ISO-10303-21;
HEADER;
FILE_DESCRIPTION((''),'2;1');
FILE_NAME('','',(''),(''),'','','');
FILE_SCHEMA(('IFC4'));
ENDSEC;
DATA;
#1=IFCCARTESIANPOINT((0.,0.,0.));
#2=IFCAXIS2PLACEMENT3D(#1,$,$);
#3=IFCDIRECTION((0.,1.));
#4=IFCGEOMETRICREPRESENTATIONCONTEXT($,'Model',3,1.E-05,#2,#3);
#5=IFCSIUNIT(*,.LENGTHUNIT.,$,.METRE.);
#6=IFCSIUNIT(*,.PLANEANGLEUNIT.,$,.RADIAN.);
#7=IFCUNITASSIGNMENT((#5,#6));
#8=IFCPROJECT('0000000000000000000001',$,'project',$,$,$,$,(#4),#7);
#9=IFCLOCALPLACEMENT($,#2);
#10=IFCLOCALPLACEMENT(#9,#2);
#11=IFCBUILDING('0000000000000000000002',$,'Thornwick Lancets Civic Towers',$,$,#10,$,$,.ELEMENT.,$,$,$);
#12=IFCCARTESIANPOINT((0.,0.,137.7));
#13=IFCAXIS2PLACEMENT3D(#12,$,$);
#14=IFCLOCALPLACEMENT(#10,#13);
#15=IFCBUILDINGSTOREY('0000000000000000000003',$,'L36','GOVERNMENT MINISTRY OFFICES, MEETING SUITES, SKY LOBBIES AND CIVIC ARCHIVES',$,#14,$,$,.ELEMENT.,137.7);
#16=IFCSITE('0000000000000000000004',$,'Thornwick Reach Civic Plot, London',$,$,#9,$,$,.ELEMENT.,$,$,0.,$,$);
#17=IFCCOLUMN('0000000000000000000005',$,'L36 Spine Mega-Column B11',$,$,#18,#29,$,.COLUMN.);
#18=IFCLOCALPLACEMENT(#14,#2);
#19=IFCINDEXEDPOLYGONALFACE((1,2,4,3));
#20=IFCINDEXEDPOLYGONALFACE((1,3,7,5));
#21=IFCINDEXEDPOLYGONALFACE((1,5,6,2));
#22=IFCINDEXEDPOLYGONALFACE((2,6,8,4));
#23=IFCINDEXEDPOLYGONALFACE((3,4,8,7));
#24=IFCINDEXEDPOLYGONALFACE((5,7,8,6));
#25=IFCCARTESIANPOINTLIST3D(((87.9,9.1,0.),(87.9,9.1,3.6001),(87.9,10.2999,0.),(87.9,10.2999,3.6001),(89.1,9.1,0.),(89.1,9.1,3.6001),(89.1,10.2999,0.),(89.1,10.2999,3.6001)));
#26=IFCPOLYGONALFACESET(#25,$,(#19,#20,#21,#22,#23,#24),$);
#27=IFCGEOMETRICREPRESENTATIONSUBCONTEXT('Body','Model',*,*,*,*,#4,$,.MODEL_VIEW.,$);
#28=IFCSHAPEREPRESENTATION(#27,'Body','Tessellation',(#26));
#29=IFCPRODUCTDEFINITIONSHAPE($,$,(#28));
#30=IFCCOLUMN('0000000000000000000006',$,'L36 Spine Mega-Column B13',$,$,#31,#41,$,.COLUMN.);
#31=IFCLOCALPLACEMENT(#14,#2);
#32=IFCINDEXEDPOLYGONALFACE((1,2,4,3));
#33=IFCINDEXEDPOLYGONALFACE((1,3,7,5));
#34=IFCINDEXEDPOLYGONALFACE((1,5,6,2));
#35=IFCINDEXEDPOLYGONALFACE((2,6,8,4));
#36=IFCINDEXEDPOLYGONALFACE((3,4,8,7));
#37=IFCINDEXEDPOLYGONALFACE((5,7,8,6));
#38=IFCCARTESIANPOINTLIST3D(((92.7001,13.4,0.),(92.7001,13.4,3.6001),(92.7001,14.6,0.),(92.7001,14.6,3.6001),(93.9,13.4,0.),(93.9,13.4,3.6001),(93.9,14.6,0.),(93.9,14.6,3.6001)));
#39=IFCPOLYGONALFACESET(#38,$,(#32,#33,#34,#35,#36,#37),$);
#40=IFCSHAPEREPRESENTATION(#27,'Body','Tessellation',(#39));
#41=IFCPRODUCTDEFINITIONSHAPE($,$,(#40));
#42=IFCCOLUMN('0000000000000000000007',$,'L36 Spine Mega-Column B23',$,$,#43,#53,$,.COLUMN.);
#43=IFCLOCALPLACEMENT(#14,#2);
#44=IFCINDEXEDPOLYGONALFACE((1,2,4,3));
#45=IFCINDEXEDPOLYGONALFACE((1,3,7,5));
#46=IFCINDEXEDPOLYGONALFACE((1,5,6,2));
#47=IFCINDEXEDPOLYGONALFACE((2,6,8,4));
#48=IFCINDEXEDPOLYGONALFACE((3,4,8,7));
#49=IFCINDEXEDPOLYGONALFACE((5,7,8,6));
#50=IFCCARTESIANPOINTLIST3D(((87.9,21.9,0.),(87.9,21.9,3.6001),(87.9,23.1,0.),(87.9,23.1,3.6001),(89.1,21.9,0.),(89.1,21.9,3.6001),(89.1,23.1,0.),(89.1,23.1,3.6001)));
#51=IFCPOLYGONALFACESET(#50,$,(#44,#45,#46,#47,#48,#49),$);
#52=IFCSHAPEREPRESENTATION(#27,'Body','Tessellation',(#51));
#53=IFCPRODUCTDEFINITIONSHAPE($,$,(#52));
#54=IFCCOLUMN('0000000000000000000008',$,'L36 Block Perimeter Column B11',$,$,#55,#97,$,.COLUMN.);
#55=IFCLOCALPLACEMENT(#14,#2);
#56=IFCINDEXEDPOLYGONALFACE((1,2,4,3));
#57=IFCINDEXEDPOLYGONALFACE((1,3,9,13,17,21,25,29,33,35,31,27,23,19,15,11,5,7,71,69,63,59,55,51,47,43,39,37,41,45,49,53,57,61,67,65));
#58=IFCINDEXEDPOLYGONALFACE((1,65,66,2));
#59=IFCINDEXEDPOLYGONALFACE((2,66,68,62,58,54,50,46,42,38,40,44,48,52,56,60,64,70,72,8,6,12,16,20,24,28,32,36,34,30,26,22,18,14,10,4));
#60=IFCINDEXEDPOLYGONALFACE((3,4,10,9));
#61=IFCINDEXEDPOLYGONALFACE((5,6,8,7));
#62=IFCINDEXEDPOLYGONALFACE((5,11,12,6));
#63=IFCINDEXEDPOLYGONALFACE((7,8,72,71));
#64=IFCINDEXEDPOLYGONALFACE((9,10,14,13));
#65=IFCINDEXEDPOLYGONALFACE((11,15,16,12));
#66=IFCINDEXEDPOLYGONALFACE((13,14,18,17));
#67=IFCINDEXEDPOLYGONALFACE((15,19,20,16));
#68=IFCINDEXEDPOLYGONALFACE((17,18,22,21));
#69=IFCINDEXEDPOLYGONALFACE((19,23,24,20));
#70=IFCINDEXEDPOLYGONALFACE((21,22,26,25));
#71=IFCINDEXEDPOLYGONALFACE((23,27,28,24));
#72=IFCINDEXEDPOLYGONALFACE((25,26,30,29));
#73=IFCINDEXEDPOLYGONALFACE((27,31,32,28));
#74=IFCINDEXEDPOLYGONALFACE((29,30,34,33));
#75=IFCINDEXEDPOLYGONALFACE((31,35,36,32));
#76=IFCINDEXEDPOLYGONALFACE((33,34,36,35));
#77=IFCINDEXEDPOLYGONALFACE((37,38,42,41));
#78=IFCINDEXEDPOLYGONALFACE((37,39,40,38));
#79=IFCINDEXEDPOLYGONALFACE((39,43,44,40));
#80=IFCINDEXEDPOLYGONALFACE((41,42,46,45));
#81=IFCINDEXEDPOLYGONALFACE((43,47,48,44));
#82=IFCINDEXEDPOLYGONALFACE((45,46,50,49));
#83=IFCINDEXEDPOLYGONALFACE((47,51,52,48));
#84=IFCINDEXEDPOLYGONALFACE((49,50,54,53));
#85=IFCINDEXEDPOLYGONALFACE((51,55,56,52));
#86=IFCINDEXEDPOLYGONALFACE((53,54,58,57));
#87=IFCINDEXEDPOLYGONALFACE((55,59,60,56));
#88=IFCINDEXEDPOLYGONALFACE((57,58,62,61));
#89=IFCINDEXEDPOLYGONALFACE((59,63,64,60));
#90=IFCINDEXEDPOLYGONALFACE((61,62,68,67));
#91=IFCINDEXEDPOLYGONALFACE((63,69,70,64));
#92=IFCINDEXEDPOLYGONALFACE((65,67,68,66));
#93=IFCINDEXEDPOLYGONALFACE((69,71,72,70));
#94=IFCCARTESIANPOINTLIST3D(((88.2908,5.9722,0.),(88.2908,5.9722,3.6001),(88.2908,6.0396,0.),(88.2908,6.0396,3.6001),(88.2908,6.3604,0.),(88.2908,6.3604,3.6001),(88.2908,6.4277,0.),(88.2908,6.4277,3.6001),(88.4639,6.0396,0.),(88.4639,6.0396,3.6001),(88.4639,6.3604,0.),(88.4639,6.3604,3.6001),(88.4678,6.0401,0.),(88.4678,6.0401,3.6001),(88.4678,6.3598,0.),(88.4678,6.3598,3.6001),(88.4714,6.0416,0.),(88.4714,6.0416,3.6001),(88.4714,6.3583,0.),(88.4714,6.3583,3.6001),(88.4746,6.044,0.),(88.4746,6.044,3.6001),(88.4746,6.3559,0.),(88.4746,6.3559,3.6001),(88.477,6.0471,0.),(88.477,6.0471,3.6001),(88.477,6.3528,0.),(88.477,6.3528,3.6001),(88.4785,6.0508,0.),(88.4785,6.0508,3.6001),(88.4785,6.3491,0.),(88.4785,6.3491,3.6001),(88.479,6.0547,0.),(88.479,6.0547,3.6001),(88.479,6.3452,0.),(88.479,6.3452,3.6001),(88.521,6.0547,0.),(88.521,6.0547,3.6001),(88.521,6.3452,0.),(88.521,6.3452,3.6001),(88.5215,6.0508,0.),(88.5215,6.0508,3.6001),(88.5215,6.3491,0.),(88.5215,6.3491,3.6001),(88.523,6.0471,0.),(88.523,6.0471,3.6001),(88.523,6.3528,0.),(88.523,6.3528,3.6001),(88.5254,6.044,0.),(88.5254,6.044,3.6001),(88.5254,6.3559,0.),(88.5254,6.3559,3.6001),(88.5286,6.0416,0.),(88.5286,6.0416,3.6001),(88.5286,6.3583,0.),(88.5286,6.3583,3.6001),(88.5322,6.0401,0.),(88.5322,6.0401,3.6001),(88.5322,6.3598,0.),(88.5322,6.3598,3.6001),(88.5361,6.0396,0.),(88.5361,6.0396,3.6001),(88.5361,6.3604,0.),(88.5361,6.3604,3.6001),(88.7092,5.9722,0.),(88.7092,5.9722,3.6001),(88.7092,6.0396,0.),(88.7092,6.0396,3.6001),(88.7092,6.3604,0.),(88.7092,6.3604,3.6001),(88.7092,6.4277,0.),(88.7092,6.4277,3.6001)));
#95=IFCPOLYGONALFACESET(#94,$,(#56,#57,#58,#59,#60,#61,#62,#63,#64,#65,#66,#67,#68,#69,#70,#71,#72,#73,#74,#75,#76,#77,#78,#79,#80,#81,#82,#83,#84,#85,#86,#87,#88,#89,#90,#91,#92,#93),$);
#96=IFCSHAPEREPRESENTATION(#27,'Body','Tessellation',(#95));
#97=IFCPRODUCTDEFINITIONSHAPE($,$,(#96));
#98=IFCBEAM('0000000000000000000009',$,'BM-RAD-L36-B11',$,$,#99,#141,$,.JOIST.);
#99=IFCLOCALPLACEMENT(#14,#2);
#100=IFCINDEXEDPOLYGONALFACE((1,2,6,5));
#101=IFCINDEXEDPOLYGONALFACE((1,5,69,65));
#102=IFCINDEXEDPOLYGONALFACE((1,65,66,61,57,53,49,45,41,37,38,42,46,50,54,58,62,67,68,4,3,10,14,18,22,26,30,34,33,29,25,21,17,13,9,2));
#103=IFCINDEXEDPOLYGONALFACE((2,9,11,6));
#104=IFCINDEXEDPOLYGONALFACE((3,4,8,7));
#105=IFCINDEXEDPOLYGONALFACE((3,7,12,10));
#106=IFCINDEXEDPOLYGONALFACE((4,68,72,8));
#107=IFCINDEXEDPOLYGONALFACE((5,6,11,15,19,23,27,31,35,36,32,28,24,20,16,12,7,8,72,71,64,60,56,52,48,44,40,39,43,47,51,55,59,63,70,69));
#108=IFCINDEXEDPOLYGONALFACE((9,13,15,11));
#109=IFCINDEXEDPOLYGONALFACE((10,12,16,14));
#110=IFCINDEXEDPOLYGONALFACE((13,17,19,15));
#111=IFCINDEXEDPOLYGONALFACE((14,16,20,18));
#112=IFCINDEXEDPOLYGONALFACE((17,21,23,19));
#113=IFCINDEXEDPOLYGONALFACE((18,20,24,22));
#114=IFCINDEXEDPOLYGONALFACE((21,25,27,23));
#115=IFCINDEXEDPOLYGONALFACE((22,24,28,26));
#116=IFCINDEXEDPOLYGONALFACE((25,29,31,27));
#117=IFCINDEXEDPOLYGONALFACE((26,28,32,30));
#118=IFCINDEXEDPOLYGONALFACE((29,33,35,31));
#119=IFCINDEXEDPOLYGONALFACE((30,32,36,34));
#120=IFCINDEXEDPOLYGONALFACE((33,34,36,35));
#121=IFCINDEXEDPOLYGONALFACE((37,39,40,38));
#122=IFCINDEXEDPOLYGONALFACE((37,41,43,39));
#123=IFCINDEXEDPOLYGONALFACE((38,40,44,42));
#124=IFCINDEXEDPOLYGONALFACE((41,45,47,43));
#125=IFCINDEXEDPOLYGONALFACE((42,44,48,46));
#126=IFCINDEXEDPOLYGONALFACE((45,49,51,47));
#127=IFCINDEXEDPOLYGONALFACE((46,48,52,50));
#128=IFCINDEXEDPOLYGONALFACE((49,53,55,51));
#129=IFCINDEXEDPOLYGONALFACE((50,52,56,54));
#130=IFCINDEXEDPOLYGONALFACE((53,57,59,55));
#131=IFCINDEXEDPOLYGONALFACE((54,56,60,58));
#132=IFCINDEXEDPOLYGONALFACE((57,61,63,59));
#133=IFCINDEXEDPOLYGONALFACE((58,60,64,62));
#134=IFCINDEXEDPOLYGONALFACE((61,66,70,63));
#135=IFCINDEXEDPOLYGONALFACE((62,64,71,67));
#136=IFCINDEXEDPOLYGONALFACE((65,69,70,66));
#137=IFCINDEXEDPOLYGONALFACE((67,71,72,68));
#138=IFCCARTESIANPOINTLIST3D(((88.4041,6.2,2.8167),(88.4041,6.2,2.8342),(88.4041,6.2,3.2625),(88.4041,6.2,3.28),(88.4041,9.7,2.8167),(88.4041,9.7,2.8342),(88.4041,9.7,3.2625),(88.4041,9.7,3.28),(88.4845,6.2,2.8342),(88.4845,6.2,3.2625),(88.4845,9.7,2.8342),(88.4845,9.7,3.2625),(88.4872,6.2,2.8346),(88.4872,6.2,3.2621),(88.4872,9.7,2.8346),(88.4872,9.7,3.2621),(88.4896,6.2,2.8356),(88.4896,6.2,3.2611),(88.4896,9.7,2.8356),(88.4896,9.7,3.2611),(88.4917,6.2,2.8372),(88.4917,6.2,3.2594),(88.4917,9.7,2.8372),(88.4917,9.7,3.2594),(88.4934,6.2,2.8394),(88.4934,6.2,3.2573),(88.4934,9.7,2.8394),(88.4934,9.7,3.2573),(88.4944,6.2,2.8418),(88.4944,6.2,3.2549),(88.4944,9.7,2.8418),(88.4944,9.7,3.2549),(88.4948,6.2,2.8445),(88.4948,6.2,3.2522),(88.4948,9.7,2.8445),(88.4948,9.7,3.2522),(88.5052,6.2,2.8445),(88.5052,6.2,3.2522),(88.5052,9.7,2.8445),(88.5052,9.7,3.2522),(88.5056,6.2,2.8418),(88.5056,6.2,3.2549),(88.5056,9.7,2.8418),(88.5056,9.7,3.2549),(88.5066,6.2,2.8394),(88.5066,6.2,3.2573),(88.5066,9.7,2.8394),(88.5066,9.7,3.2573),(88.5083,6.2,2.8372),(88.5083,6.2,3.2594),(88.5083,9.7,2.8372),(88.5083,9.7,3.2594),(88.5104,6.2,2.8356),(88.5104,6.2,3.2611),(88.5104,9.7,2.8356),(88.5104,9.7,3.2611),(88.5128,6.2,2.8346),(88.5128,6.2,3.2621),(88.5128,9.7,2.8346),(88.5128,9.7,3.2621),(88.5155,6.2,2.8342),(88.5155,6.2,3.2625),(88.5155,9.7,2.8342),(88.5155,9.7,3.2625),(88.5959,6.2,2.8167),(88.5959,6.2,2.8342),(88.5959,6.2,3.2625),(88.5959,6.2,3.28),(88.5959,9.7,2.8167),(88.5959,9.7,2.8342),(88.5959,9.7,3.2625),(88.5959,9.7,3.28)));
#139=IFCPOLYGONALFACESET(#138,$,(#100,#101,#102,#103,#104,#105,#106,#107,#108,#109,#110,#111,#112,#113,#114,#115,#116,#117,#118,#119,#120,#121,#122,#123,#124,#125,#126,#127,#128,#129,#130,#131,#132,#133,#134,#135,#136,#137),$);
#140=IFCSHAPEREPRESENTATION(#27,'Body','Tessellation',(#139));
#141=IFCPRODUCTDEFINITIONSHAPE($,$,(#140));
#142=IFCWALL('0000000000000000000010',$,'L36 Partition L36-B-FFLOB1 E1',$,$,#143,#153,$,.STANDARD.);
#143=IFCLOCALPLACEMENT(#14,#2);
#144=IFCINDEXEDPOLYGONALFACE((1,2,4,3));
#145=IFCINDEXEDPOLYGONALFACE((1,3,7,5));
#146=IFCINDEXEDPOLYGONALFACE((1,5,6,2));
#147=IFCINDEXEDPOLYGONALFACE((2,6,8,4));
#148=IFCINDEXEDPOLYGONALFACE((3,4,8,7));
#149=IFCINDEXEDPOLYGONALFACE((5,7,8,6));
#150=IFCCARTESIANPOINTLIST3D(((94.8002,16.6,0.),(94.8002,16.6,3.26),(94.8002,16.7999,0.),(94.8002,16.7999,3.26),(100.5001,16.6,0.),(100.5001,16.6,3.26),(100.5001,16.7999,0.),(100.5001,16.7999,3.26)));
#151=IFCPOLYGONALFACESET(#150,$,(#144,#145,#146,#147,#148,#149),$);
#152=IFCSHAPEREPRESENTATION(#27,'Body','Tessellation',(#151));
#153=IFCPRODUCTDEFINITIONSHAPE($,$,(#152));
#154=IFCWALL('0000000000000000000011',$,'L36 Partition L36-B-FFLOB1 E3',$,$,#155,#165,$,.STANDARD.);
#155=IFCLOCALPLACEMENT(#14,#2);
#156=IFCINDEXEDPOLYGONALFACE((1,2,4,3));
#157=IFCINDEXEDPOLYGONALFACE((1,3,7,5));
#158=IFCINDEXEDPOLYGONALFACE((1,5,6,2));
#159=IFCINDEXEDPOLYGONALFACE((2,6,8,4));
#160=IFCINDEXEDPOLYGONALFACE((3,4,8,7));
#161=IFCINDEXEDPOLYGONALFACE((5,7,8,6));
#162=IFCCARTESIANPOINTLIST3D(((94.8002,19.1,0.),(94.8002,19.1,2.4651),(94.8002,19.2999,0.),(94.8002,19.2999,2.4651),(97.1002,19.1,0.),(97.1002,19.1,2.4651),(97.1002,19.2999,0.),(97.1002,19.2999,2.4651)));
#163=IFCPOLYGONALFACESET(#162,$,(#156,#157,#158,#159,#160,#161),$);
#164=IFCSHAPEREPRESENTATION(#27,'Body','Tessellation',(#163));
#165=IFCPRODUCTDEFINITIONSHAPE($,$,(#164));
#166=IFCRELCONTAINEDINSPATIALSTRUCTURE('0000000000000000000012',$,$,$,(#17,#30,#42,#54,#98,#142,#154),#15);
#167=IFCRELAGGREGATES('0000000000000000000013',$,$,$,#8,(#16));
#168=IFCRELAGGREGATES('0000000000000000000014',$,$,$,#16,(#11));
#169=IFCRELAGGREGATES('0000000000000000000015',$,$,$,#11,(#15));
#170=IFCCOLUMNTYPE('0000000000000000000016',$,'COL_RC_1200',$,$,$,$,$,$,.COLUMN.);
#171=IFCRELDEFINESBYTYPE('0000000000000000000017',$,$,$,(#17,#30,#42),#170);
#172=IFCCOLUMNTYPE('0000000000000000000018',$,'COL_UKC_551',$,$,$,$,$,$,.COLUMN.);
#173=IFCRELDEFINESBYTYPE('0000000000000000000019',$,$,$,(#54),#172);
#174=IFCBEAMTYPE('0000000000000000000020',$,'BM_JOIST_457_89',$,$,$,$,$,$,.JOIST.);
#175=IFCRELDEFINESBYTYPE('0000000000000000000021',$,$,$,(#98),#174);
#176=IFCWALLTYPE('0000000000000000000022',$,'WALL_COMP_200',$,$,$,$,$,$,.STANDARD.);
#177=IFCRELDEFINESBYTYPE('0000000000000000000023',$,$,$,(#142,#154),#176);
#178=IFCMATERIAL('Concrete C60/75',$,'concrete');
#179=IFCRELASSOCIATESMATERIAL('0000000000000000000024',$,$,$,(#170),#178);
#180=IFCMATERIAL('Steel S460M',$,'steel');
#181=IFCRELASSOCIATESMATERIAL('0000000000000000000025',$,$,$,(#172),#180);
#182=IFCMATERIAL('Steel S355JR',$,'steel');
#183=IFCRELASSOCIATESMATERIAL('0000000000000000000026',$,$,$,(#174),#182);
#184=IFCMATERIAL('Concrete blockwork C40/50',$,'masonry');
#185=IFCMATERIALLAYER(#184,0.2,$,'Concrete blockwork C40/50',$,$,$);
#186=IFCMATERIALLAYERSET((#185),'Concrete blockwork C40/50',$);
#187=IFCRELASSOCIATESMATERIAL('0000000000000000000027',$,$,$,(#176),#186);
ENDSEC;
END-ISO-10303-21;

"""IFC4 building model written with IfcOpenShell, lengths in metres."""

from ifc_helpers import new_model, si_unit, direction, frame, frame_2d, origin, origin_2d, place, context, subcontext, project, spatial, rectangle, i_section, extrude, material, layer, layer_set, material_profile, profile_set, type_object, element, save


model = new_model("IFC4")

# Units and contexts
model_context = context("Model", 3, precision=1e-05, world=origin(), true_north=direction((0.0, 1.0)))
body_context = subcontext(model_context, "Body", "Model", "MODEL_VIEW")
ifc_project = project(units=[si_unit("LENGTHUNIT", "METRE"), si_unit("PLANEANGLEUNIT", "RADIAN")], contexts=[model_context])

# Site, building, storey
site_placement = place(None, origin())
site = spatial("IfcSite", under=ifc_project, at=site_placement, Name="Thornwick Reach Civic Plot, London", CompositionType="ELEMENT", RefElevation=0.0)
building_placement = place(site_placement, origin())
building = spatial("IfcBuilding", under=site, at=building_placement, Name="Thornwick Lancets Civic Towers", CompositionType="ELEMENT")
storey_placement = place(building_placement, frame((0.0, 0.0, 137.7)))
storey = spatial("IfcBuildingStorey", under=building, at=storey_placement, Name="L36", Description="GOVERNMENT MINISTRY OFFICES, MEETING SUITES, SKY LOBBIES AND CIVIC ARCHIVES", CompositionType="ELEMENT", Elevation=137.7)

# Columns
ifc_material_1 = material(Name="Concrete C60/75", Category="concrete")
ifc_material_profile_1 = material_profile(ifc_material_1, rectangle(XDim=1.2, YDim=1.2, at=origin_2d()), Name="RC 1200x1200")
ifc_profile_set_1 = profile_set([ifc_material_profile_1], Name="Concrete C60/75")
column_type_1 = type_object("IfcColumnType", Name="COL_RC_1200", PredefinedType="COLUMN", material=ifc_profile_set_1)
for number, where, z_axis, x_axis, name in (
    (1, (88.5, 9.7, 0.0), (0.0, 0.0, 1.0), (1.0, 0.0, 0.0), "L36 Spine Mega-Column B11"),
    (2, (93.3, 14.0, 0.0), (0.0, 0.0, 1.0), (1.0, 0.0, 0.0), "L36 Spine Mega-Column B13"),
    (3, (88.5, 22.5, 0.0), (0.0, 0.0, 1.0), (1.0, 0.0, 0.0), "L36 Spine Mega-Column B23"),
):
    element("IfcColumn", number, at=place(storey_placement, frame(where, z_axis=z_axis, x_axis=x_axis)), inside=storey, type_object=column_type_1, Name=name, PredefinedType="COLUMN", context=body_context, shape_type="SweptSolid", body=[
        extrude(rectangle(XDim=1.2, YDim=1.2, at=origin_2d()), origin(), (0.0, 0.0, 1.0), 3.6001),
    ])
ifc_material_2 = material(Name="Steel S460M", Category="steel")
ifc_material_profile_2 = material_profile(ifc_material_2, i_section(OverallWidth=0.4185, OverallDepth=0.4556, WebThickness=0.042, FlangeThickness=0.0674, FilletRadius=0.0151, at=origin_2d()), Name="UKC 356x406x551")
ifc_profile_set_2 = profile_set([ifc_material_profile_2], Name="Steel S460M")
column_type_2 = type_object("IfcColumnType", Name="COL_UKC_551", PredefinedType="COLUMN", material=ifc_profile_set_2)
column_placement = place(storey_placement, frame((88.5, 6.2, 0.0), z_axis=(0.0, 0.0, 1.0), x_axis=(1.0, 0.0, 0.0)))
element("IfcColumn", 4, at=column_placement, inside=storey, type_object=column_type_2, Name="L36 Block Perimeter Column B11", PredefinedType="COLUMN", context=body_context, shape_type="SweptSolid", body=[
    extrude(i_section(OverallWidth=0.4185, OverallDepth=0.4556, WebThickness=0.042, FlangeThickness=0.0674, FilletRadius=0.0151, at=origin_2d()), origin(), (0.0, 0.0, 1.0), 3.6001),
])

# Beam
ifc_material_3 = material(Name="Steel S355JR", Category="steel")
ifc_material_profile_3 = material_profile(ifc_material_3, i_section(OverallWidth=0.1919, OverallDepth=0.4634, WebThickness=0.0105, FlangeThickness=0.0176, FilletRadius=0.0103, at=origin_2d()), Name="UKB 457x191x89")
ifc_profile_set_3 = profile_set([ifc_material_profile_3], Name="Steel S355JR")
beam_type = type_object("IfcBeamType", Name="BM_JOIST_457_89", PredefinedType="JOIST", material=ifc_profile_set_3)
beam_placement = place(storey_placement, frame((88.5, 9.7, 3.0483), z_axis=(0.0, -1.0, 0.0), x_axis=(1.0, 0.0, 0.0)))
element("IfcBeam", 5, at=beam_placement, inside=storey, type_object=beam_type, Name="BM-RAD-L36-B11", PredefinedType="JOIST", context=body_context, shape_type="SweptSolid", body=[
    extrude(i_section(OverallWidth=0.1919, OverallDepth=0.4634, WebThickness=0.0105, FlangeThickness=0.0176, FilletRadius=0.0103, at=origin_2d()), origin(), (0.0, 0.0, 1.0), 3.5),
])

# Walls
ifc_material_4 = material(Name="Concrete blockwork C40/50", Category="masonry")
ifc_layer_1 = layer(ifc_material_4, 0.2, Name="Concrete blockwork C40/50")
ifc_layer_set_1 = layer_set([ifc_layer_1], Name="Concrete blockwork C40/50")
wall_type_1 = type_object("IfcWallType", Name="WALL_COMP_200", PredefinedType="STANDARD", material=ifc_layer_set_1)
wall_1_placement = place(storey_placement, frame((94.8, 16.7, 0.0), z_axis=(0.0, 0.0, 1.0), x_axis=(1.0, 0.0, 0.0)))
element("IfcWall", 6, at=wall_1_placement, inside=storey, type_object=wall_type_1, Name="L36 Partition L36-B-FFLOB1 E1", PredefinedType="STANDARD", context=body_context, shape_type="SweptSolid", body=[
    extrude(rectangle(XDim=5.7, YDim=0.2, at=frame_2d((2.8501, 0.0))), origin(), (0.0, 0.0, 1.0), 3.26),
])
wall_2_placement = place(storey_placement, frame((97.1001, 19.2, 0.0), z_axis=(0.0, 0.0, 1.0), x_axis=(-1.0, 0.0, 0.0)))
element("IfcWall", 7, at=wall_2_placement, inside=storey, type_object=wall_type_1, Name="L36 Partition L36-B-FFLOB1 E3", PredefinedType="STANDARD", context=body_context, shape_type="SweptSolid", body=[
    extrude(rectangle(XDim=2.3, YDim=0.2, at=frame_2d((1.1499, 0.0))), origin(), (0.0, 0.0, 1.0), 2.4651),
])

save(model, "model.ifc")
